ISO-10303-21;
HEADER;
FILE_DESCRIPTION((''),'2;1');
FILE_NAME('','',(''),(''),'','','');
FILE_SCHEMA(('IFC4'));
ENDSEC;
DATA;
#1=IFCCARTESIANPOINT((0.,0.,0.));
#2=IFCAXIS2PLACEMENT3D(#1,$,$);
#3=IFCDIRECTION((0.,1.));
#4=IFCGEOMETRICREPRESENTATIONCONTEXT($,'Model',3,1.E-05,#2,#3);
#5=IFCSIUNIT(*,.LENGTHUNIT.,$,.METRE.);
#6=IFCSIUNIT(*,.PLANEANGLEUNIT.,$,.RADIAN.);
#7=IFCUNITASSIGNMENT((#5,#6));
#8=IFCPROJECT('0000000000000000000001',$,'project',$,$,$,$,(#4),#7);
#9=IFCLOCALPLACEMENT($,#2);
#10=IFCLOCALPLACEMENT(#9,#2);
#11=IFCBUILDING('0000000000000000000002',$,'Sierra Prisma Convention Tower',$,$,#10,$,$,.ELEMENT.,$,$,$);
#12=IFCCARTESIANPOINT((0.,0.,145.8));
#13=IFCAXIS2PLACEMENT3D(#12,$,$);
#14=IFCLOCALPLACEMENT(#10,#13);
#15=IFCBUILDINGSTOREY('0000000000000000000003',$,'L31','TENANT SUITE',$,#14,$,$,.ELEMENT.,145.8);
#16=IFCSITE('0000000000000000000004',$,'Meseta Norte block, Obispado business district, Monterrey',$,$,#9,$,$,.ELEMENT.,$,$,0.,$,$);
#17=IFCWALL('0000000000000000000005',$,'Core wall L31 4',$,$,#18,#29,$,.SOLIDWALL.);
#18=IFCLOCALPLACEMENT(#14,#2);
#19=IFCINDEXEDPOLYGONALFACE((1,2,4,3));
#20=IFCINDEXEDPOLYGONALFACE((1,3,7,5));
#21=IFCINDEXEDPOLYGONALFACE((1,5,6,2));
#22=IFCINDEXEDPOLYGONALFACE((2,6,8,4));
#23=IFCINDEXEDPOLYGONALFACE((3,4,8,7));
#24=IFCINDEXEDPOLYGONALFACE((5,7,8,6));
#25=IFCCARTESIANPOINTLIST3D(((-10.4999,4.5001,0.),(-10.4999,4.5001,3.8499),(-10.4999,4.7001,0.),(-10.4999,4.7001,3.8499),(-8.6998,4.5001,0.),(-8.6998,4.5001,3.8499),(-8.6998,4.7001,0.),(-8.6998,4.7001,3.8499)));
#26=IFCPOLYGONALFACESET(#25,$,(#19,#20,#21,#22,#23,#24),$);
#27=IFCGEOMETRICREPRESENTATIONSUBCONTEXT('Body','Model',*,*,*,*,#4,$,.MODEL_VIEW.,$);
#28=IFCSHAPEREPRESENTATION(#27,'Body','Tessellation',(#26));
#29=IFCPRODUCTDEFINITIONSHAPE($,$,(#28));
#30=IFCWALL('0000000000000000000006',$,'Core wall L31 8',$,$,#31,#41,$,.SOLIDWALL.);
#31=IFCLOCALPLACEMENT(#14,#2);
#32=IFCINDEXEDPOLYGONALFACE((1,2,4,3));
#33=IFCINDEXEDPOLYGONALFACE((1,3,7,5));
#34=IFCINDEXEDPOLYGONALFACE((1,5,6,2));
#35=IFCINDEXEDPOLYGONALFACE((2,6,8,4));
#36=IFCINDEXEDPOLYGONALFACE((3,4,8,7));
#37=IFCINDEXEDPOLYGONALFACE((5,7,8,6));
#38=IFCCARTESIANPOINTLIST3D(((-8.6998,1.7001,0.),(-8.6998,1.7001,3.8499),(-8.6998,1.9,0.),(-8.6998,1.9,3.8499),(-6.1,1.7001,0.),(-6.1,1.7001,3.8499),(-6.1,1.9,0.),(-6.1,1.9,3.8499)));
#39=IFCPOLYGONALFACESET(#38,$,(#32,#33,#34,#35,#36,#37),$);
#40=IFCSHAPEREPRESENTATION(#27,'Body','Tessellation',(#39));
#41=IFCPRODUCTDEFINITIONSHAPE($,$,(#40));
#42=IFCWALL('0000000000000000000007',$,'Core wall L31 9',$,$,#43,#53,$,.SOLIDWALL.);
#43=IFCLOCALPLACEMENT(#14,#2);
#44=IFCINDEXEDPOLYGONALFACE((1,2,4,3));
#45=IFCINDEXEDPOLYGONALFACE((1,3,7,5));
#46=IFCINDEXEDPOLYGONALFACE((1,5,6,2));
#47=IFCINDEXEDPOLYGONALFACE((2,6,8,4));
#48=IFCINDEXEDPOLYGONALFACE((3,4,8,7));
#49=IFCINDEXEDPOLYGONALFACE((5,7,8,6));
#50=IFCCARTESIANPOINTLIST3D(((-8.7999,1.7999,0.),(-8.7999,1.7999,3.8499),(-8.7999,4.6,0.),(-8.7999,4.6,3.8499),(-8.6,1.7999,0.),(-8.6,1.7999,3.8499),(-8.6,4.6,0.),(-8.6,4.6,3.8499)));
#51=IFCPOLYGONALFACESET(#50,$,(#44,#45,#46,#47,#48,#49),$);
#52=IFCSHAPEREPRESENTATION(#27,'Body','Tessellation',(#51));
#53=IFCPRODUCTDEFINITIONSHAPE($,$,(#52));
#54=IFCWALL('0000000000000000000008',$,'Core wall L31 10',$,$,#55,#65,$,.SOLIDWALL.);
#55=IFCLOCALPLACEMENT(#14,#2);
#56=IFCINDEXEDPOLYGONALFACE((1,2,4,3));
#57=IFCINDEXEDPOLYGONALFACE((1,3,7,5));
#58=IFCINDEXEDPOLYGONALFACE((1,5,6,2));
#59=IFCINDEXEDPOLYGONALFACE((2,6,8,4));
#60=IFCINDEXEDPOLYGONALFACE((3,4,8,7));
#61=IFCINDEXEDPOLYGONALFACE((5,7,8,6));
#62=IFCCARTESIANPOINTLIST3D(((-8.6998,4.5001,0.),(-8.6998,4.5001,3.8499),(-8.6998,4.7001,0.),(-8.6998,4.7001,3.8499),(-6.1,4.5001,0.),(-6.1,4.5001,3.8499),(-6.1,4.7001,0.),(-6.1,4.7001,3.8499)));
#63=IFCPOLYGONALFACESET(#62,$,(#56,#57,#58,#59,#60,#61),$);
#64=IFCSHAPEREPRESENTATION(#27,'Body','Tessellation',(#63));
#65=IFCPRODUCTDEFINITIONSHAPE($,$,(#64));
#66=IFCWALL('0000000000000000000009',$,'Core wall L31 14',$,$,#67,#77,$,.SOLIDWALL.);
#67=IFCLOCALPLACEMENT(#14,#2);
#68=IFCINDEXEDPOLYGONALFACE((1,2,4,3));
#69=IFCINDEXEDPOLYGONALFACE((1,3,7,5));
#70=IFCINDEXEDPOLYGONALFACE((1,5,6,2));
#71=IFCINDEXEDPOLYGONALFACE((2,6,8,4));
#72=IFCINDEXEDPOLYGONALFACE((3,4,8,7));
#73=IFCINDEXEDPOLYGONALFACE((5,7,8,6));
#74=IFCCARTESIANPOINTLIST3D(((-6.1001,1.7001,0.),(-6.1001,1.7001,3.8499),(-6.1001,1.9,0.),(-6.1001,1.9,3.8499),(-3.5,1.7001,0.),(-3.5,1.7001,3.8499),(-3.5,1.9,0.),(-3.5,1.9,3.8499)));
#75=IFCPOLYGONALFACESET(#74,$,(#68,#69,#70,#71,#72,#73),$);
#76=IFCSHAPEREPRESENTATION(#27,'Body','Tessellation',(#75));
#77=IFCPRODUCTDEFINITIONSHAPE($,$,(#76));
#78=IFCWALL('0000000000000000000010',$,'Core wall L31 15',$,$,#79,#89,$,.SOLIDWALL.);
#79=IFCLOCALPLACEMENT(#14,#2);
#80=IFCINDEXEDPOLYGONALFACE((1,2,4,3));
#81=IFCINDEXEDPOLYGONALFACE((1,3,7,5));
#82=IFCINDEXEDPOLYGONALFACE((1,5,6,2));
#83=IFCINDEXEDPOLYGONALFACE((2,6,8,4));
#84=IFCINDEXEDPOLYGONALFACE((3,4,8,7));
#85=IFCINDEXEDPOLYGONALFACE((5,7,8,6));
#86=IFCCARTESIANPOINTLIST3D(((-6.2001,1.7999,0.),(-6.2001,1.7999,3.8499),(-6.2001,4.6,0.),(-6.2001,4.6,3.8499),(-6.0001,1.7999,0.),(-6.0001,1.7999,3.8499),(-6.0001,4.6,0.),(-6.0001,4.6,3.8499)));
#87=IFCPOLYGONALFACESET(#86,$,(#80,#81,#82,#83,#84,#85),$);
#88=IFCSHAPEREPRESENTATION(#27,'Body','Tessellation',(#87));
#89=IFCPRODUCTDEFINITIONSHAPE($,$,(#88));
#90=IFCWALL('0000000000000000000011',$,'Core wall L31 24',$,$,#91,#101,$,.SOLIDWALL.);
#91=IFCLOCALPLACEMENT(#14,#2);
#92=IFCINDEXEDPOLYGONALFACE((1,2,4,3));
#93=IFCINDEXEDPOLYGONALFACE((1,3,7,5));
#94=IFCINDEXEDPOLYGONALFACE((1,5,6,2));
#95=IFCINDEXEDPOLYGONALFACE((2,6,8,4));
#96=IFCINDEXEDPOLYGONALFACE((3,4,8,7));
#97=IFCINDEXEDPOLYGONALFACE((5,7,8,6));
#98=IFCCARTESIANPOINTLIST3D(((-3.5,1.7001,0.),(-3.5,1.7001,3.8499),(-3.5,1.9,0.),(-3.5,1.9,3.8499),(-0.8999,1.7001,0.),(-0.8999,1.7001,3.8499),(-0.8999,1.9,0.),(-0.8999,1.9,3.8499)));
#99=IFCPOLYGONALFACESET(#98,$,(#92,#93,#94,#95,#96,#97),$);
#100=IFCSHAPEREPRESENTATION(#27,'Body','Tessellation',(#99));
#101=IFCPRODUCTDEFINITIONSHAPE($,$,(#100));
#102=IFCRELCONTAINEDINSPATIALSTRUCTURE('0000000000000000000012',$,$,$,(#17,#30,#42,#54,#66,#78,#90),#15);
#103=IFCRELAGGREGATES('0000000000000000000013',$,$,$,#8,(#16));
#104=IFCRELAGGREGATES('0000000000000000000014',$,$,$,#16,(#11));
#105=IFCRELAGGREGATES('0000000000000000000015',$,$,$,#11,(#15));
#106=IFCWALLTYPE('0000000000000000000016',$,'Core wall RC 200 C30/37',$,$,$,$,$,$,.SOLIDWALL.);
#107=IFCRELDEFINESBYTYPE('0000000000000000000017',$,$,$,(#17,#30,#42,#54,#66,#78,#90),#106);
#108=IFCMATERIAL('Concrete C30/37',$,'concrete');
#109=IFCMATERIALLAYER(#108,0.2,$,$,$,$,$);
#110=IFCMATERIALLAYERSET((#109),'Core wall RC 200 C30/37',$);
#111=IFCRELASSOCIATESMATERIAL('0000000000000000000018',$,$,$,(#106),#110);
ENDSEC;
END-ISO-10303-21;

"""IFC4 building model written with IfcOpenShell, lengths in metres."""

from ifc_helpers import new_model, si_unit, direction, frame, frame_2d, origin, place, context, subcontext, project, spatial, rectangle, extrude, material, layer, layer_set, type_object, element, save


model = new_model("IFC4")

# Units and contexts
model_context = context("Model", 3, precision=1e-05, world=origin(), true_north=direction((0.0, 1.0)))
body_context = subcontext(model_context, "Body", "Model", "MODEL_VIEW")
ifc_project = project(units=[si_unit("LENGTHUNIT", "METRE"), si_unit("PLANEANGLEUNIT", "RADIAN")], contexts=[model_context])

# Site, building, storey
site_placement = place(None, origin())
site = spatial("IfcSite", under=ifc_project, at=site_placement, Name="Meseta Norte block, Obispado business district, Monterrey", CompositionType="ELEMENT", RefElevation=0.0)
building_placement = place(site_placement, origin())
building = spatial("IfcBuilding", under=site, at=building_placement, Name="Sierra Prisma Convention Tower", CompositionType="ELEMENT")
storey_placement = place(building_placement, frame((0.0, 0.0, 145.8)))
storey = spatial("IfcBuildingStorey", under=building, at=storey_placement, Name="L31", Description="TENANT SUITE", CompositionType="ELEMENT", Elevation=145.8)

# Shared definitions
ifc_material_1 = material(Name="Concrete C30/37", Category="concrete")
ifc_layer_1 = layer(ifc_material_1, 0.2)
ifc_layer_set_1 = layer_set([ifc_layer_1], Name="Core wall RC 200 C30/37")
wall_type = type_object("IfcWallType", Name="Core wall RC 200 C30/37", PredefinedType="SOLIDWALL", material=ifc_layer_set_1)

# Wall
wall_1_placement = place(storey_placement, frame((-8.7, 4.6001, 0.0), z_axis=(0.0, 0.0, 1.0), x_axis=(-1.0, 0.0, 0.0)))
element("IfcWall", 1, at=wall_1_placement, inside=storey, type_object=wall_type, Name="Core wall L31 4", PredefinedType="SOLIDWALL", context=body_context, shape_type="SweptSolid", body=[
    extrude(rectangle(XDim=1.8, YDim=0.2, at=frame_2d((0.8999, 0.0))), origin(), (0.0, 0.0, 1.0), 3.8499),
])

# Walls
wall_2_placement = place(storey_placement, frame((-6.1001, 1.8, 0.0), z_axis=(0.0, 0.0, 1.0), x_axis=(-1.0, 0.0, 0.0)))
element("IfcWall", 2, at=wall_2_placement, inside=storey, type_object=wall_type, Name="Core wall L31 8", PredefinedType="SOLIDWALL", context=body_context, shape_type="SweptSolid", body=[
    extrude(rectangle(XDim=2.5999, YDim=0.2, at=frame_2d((1.2998, 0.0))), origin(), (0.0, 0.0, 1.0), 3.8499),
])
wall_3_placement = place(storey_placement, frame((-8.7, 1.8, 0.0), z_axis=(0.0, 0.0, 1.0), x_axis=(0.0, 1.0, 0.0)))
element("IfcWall", 3, at=wall_3_placement, inside=storey, type_object=wall_type, Name="Core wall L31 9", PredefinedType="SOLIDWALL", context=body_context, shape_type="SweptSolid", body=[
    extrude(rectangle(XDim=2.8, YDim=0.2, at=frame_2d((1.3999, 0.0))), origin(), (0.0, 0.0, 1.0), 3.8499),
])
wall_4_placement = place(storey_placement, frame((-6.1001, 4.6001, 0.0), z_axis=(0.0, 0.0, 1.0), x_axis=(-1.0, 0.0, 0.0)))
element("IfcWall", 4, at=wall_4_placement, inside=storey, type_object=wall_type, Name="Core wall L31 10", PredefinedType="SOLIDWALL", context=body_context, shape_type="SweptSolid", body=[
    extrude(rectangle(XDim=2.5999, YDim=0.2, at=frame_2d((1.2998, 0.0))), origin(), (0.0, 0.0, 1.0), 3.8499),
])

# Walls
wall_5_placement = place(storey_placement, frame((-3.5, 1.8, 0.0), z_axis=(0.0, 0.0, 1.0), x_axis=(-1.0, 0.0, 0.0)))
element("IfcWall", 5, at=wall_5_placement, inside=storey, type_object=wall_type, Name="Core wall L31 14", PredefinedType="SOLIDWALL", context=body_context, shape_type="SweptSolid", body=[
    extrude(rectangle(XDim=2.6001, YDim=0.2, at=frame_2d((1.3, 0.0))), origin(), (0.0, 0.0, 1.0), 3.8499),
])
wall_6_placement = place(storey_placement, frame((-6.1001, 1.8, 0.0), z_axis=(0.0, 0.0, 1.0), x_axis=(0.0, 1.0, 0.0)))
element("IfcWall", 6, at=wall_6_placement, inside=storey, type_object=wall_type, Name="Core wall L31 15", PredefinedType="SOLIDWALL", context=body_context, shape_type="SweptSolid", body=[
    extrude(rectangle(XDim=2.8, YDim=0.2, at=frame_2d((1.3999, 0.0))), origin(), (0.0, 0.0, 1.0), 3.8499),
])

# Wall
wall_7_placement = place(storey_placement, frame((-0.8999, 1.8, 0.0), z_axis=(0.0, 0.0, 1.0), x_axis=(-1.0, 0.0, 0.0)))
element("IfcWall", 7, at=wall_7_placement, inside=storey, type_object=wall_type, Name="Core wall L31 24", PredefinedType="SOLIDWALL", context=body_context, shape_type="SweptSolid", body=[
    extrude(rectangle(XDim=2.6001, YDim=0.2, at=frame_2d((1.3, 0.0))), origin(), (0.0, 0.0, 1.0), 3.8499),
])

save(model, "model.ifc")
